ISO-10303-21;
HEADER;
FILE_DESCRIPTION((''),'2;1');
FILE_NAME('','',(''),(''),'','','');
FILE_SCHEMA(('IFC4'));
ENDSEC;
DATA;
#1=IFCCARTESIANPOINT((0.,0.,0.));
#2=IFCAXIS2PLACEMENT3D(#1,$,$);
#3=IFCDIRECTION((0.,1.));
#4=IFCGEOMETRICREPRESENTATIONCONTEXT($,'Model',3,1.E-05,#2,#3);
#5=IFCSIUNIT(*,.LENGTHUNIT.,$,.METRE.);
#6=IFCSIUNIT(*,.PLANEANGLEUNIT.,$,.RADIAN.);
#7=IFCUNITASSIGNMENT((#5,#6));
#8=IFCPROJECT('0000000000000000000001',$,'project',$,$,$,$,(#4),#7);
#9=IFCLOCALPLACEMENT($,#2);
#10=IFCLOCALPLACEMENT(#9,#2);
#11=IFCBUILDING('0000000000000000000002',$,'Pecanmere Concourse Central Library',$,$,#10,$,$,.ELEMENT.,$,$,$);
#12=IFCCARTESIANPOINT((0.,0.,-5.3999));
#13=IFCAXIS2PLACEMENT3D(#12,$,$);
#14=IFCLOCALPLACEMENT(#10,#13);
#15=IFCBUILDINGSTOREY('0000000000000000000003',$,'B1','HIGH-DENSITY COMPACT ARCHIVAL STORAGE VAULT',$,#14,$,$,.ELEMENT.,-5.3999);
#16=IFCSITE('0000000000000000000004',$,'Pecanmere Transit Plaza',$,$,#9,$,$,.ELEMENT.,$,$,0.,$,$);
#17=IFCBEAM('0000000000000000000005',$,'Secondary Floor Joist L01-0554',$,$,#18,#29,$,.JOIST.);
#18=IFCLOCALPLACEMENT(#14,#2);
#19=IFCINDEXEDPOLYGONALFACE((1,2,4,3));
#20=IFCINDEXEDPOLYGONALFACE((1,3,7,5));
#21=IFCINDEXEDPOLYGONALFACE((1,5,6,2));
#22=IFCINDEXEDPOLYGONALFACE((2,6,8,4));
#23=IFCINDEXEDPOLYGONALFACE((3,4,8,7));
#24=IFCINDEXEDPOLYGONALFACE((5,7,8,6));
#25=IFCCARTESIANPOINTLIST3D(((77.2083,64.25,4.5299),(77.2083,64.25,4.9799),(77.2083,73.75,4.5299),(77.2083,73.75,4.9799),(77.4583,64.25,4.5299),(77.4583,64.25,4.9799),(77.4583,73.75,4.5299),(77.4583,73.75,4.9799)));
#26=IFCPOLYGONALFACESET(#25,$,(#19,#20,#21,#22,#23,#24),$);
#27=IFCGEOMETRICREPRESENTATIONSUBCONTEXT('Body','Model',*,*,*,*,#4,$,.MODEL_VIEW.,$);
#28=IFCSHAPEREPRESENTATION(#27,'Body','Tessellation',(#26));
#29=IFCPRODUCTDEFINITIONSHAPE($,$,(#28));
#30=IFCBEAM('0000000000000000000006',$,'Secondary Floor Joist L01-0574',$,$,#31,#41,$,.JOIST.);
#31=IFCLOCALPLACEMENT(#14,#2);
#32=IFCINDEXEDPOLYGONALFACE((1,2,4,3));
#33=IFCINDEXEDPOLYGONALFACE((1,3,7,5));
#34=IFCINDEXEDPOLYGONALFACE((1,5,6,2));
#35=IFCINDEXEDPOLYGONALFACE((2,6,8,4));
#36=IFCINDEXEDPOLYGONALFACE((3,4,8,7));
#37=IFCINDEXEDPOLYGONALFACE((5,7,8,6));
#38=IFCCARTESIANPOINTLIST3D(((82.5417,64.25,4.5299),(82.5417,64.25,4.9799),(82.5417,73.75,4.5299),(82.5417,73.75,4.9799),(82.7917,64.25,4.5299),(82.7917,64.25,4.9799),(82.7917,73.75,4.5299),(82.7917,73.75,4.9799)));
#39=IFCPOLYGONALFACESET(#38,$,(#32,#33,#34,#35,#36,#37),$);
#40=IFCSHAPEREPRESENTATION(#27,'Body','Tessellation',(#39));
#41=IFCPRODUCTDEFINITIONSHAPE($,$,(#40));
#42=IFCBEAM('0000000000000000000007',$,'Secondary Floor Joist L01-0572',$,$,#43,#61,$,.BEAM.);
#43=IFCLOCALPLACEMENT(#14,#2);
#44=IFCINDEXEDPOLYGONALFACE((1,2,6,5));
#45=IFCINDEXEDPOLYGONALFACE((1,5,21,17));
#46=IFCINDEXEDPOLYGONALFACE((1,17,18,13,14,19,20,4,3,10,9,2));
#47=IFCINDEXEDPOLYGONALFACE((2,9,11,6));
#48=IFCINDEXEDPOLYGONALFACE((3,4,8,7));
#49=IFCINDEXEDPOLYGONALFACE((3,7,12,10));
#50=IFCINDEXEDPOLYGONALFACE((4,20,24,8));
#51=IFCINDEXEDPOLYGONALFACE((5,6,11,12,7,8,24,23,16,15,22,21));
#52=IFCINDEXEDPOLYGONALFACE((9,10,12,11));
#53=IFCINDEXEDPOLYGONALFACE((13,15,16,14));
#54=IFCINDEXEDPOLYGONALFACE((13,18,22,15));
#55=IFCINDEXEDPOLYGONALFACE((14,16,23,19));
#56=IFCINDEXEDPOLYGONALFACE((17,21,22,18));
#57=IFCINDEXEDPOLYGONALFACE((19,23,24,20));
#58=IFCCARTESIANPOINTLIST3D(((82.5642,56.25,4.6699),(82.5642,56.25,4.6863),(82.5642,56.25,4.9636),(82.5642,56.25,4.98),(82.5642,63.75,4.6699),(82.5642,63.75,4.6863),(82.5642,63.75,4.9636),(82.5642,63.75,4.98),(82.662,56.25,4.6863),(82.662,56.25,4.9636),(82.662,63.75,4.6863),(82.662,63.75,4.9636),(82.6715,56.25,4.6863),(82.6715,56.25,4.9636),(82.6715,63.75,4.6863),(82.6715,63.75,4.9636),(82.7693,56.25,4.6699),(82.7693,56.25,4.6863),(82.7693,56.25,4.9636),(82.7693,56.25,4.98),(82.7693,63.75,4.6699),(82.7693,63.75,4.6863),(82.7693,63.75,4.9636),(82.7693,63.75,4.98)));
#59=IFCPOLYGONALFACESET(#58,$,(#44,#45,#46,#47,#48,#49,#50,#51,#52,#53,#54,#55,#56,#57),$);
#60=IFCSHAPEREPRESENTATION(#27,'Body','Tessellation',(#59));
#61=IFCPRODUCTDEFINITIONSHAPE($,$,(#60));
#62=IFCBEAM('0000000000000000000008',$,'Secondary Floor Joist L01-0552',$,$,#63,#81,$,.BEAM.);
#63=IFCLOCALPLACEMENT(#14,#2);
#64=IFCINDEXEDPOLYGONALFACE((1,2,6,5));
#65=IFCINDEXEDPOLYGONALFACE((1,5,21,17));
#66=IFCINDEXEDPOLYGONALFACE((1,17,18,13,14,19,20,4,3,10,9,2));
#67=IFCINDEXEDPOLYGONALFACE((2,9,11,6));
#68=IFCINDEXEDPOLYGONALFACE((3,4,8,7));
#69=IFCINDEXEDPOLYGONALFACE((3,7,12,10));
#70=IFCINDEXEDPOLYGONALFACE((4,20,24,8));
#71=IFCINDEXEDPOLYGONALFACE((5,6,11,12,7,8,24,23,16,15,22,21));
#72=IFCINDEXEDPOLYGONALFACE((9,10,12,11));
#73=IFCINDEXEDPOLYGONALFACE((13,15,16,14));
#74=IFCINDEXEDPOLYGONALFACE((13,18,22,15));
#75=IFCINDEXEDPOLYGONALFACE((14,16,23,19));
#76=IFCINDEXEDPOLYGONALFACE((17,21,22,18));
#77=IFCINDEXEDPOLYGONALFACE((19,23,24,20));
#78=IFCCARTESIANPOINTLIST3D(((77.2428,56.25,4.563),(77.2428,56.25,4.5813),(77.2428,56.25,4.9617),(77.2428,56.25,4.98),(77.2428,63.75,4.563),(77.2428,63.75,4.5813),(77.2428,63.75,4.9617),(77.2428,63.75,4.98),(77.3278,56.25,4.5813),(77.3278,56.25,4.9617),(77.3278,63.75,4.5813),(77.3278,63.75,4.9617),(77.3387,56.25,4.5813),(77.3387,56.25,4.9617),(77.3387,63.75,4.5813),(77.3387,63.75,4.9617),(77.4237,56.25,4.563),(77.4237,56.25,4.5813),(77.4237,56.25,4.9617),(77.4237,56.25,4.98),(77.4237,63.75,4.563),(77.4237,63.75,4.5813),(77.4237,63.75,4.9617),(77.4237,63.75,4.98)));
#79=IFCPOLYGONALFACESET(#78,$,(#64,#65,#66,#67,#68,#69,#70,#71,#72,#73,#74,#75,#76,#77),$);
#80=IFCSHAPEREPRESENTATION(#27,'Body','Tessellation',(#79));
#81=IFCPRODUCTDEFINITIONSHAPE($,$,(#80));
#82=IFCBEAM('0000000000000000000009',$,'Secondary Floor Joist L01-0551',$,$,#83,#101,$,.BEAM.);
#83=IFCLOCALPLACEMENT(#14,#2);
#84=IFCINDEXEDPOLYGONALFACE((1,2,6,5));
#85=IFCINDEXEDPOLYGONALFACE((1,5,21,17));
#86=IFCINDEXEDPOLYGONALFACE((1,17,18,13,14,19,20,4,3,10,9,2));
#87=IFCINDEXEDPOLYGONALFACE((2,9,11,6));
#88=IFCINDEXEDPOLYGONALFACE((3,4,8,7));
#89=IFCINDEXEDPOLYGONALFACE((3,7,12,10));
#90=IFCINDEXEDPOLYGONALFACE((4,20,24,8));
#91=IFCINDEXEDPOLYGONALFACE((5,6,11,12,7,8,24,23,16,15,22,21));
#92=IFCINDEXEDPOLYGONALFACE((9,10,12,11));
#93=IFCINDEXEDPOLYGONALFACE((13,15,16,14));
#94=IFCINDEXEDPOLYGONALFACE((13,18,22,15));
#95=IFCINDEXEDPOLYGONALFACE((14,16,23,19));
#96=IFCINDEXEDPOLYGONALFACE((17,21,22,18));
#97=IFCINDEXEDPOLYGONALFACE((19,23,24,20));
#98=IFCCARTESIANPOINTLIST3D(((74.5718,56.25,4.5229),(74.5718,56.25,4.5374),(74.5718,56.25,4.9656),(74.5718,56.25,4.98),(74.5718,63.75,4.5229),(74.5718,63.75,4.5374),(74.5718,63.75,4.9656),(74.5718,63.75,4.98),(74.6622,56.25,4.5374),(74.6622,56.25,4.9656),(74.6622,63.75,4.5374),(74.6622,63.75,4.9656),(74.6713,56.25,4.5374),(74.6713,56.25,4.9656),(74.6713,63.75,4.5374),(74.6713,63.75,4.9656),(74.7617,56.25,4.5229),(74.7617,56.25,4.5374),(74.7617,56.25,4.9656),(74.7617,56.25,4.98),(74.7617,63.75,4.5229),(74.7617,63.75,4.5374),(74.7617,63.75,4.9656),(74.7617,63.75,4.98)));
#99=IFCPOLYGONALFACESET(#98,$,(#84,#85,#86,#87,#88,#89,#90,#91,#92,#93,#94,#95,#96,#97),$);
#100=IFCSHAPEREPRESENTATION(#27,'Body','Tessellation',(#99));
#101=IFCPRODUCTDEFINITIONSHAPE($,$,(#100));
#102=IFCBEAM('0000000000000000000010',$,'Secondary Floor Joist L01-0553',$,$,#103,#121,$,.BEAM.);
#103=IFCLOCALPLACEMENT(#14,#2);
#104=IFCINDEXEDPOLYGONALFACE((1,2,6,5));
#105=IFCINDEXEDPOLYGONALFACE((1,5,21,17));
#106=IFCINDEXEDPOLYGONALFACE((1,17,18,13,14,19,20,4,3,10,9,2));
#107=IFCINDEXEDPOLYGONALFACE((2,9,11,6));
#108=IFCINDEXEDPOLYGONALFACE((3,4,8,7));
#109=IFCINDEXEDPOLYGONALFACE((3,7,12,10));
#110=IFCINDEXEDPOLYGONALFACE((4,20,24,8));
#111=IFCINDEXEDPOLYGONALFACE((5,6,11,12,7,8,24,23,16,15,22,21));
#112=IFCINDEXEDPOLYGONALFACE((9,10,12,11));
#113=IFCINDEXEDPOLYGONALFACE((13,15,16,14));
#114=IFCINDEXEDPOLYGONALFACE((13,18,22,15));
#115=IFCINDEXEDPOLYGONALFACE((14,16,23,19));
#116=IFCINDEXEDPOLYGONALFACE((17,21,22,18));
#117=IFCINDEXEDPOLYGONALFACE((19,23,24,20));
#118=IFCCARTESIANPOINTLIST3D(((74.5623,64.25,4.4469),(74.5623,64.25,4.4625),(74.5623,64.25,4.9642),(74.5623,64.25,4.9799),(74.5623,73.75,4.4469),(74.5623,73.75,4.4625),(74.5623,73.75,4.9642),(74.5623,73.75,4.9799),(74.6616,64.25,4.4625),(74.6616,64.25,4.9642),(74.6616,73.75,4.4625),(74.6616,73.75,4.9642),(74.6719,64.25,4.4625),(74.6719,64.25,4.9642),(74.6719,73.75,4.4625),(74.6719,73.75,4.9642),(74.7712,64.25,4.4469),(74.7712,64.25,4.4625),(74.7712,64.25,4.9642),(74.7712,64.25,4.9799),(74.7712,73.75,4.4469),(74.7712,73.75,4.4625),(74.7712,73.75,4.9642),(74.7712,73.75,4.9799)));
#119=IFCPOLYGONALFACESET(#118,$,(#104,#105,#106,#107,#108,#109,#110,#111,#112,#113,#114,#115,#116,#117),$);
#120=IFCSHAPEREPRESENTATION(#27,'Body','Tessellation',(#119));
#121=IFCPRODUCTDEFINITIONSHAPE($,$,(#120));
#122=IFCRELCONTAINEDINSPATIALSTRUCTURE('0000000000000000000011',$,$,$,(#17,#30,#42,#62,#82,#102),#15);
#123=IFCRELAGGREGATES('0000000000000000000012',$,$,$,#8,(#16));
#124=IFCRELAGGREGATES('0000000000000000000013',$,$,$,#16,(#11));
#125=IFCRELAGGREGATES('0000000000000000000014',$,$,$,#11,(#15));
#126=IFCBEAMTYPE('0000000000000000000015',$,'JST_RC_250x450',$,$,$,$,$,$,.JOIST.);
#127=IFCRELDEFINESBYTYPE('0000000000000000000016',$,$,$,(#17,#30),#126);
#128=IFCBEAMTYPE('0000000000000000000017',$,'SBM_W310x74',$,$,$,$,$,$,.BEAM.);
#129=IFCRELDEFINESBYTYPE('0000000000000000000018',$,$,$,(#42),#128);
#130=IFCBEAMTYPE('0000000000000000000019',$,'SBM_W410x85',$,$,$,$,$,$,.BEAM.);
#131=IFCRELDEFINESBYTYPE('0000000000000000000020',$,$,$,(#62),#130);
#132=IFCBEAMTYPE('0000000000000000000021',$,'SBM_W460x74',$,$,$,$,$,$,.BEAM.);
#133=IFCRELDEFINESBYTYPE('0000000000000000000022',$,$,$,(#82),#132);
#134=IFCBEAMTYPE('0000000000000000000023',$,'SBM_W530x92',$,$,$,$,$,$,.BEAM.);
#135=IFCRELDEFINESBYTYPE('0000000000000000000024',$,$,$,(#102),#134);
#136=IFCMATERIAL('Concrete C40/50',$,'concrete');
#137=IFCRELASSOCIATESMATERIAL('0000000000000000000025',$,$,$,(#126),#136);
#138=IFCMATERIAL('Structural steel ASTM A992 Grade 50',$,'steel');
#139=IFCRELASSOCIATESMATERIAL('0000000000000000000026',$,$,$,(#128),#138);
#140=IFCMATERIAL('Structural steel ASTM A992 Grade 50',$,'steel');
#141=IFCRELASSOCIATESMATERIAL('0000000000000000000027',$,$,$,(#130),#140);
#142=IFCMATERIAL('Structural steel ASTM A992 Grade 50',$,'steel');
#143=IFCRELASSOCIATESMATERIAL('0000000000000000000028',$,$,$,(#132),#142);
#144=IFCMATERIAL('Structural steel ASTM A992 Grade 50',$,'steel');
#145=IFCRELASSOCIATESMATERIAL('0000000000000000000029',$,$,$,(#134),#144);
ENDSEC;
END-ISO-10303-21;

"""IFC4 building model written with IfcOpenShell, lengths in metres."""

from ifc_helpers import new_model, si_unit, direction, frame, origin, origin_2d, place, context, subcontext, project, spatial, rectangle, i_section, extrude, material, material_profile, profile_set, type_object, element, save


model = new_model("IFC4")

# Units and contexts
model_context = context("Model", 3, precision=1e-05, world=origin(), true_north=direction((0.0, 1.0)))
body_context = subcontext(model_context, "Body", "Model", "MODEL_VIEW")
ifc_project = project(units=[si_unit("LENGTHUNIT", "METRE"), si_unit("PLANEANGLEUNIT", "RADIAN")], contexts=[model_context])

# Site, building, storey
site_placement = place(None, origin())
site = spatial("IfcSite", under=ifc_project, at=site_placement, Name="Pecanmere Transit Plaza", CompositionType="ELEMENT", RefElevation=0.0)
building_placement = place(site_placement, origin())
building = spatial("IfcBuilding", under=site, at=building_placement, Name="Pecanmere Concourse Central Library", CompositionType="ELEMENT")
storey_placement = place(building_placement, frame((0.0, 0.0, -5.3999)))
storey = spatial("IfcBuildingStorey", under=building, at=storey_placement, Name="B1", Description="HIGH-DENSITY COMPACT ARCHIVAL STORAGE VAULT", CompositionType="ELEMENT", Elevation=-5.3999)

# Beams
ifc_material_1 = material(Name="Concrete C40/50", Category="concrete")
ifc_material_profile_1 = material_profile(ifc_material_1, rectangle(XDim=0.25, YDim=0.45, at=origin_2d()), Name="RC 250x450")
ifc_profile_set_1 = profile_set([ifc_material_profile_1], Name="Concrete C40/50")
beam_type_1 = type_object("IfcBeamType", Name="JST_RC_250x450", PredefinedType="JOIST", material=ifc_profile_set_1)
for number, where, z_axis, x_axis, name in (
    (1, (77.3333, 64.25, 4.7549), (0.0, 1.0, 0.0), (-1.0, 0.0, 0.0), "Secondary Floor Joist L01-0554"),
    (2, (82.6667, 64.25, 4.7549), (0.0, 1.0, 0.0), (-1.0, 0.0, 0.0), "Secondary Floor Joist L01-0574"),
):
    element("IfcBeam", number, at=place(storey_placement, frame(where, z_axis=z_axis, x_axis=x_axis)), inside=storey, type_object=beam_type_1, Name=name, PredefinedType="JOIST", context=body_context, shape_type="SweptSolid", body=[
        extrude(rectangle(XDim=0.25, YDim=0.45, at=origin_2d()), origin(), (0.0, 0.0, 1.0), 9.5),
    ])
ifc_material_2 = material(Name="Structural steel ASTM A992 Grade 50", Category="steel")
ifc_material_profile_2 = material_profile(ifc_material_2, i_section(OverallWidth=0.2051, OverallDepth=0.3101, WebThickness=0.0095, FlangeThickness=0.0164, at=origin_2d()), Name="W310x74")
ifc_profile_set_2 = profile_set([ifc_material_profile_2], Name="Structural steel ASTM A992 Grade 50")
beam_type_2 = type_object("IfcBeamType", Name="SBM_W310x74", PredefinedType="BEAM", material=ifc_profile_set_2)
beam_1_placement = place(storey_placement, frame((82.6667, 56.25, 4.825), z_axis=(0.0, 1.0, 0.0), x_axis=(-1.0, 0.0, 0.0)))
element("IfcBeam", 3, at=beam_1_placement, inside=storey, type_object=beam_type_2, Name="Secondary Floor Joist L01-0572", PredefinedType="BEAM", context=body_context, shape_type="SweptSolid", body=[
    extrude(i_section(OverallWidth=0.2051, OverallDepth=0.3101, WebThickness=0.0095, FlangeThickness=0.0164, at=origin_2d()), origin(), (0.0, 0.0, 1.0), 7.5),
])
ifc_material_3 = material(Name="Structural steel ASTM A992 Grade 50", Category="steel")
ifc_material_profile_3 = material_profile(ifc_material_3, i_section(OverallWidth=0.1809, OverallDepth=0.417, WebThickness=0.011, FlangeThickness=0.0183, at=origin_2d()), Name="W410x85")
ifc_profile_set_3 = profile_set([ifc_material_profile_3], Name="Structural steel ASTM A992 Grade 50")
beam_type_3 = type_object("IfcBeamType", Name="SBM_W410x85", PredefinedType="BEAM", material=ifc_profile_set_3)
beam_2_placement = place(storey_placement, frame((77.3333, 56.25, 4.7715), z_axis=(0.0, 1.0, 0.0), x_axis=(-1.0, 0.0, 0.0)))
element("IfcBeam", 4, at=beam_2_placement, inside=storey, type_object=beam_type_3, Name="Secondary Floor Joist L01-0552", PredefinedType="BEAM", context=body_context, shape_type="SweptSolid", body=[
    extrude(i_section(OverallWidth=0.1809, OverallDepth=0.417, WebThickness=0.011, FlangeThickness=0.0183, at=origin_2d()), origin(), (0.0, 0.0, 1.0), 7.5),
])
ifc_material_4 = material(Name="Structural steel ASTM A992 Grade 50", Category="steel")
ifc_material_profile_4 = material_profile(ifc_material_4, i_section(OverallWidth=0.1899, OverallDepth=0.457, WebThickness=0.009, FlangeThickness=0.0144, at=origin_2d()), Name="W460x74")
ifc_profile_set_4 = profile_set([ifc_material_profile_4], Name="Structural steel ASTM A992 Grade 50")
beam_type_4 = type_object("IfcBeamType", Name="SBM_W460x74", PredefinedType="BEAM", material=ifc_profile_set_4)
beam_3_placement = place(storey_placement, frame((74.6667, 56.25, 4.7515), z_axis=(0.0, 1.0, 0.0), x_axis=(-1.0, 0.0, 0.0)))
element("IfcBeam", 5, at=beam_3_placement, inside=storey, type_object=beam_type_4, Name="Secondary Floor Joist L01-0551", PredefinedType="BEAM", context=body_context, shape_type="SweptSolid", body=[
    extrude(i_section(OverallWidth=0.1899, OverallDepth=0.457, WebThickness=0.009, FlangeThickness=0.0144, at=origin_2d()), origin(), (0.0, 0.0, 1.0), 7.5),
])
ifc_material_5 = material(Name="Structural steel ASTM A992 Grade 50", Category="steel")
ifc_material_profile_5 = material_profile(ifc_material_5, i_section(OverallWidth=0.209, OverallDepth=0.533, WebThickness=0.0103, FlangeThickness=0.0156, at=origin_2d()), Name="W530x92")
ifc_profile_set_5 = profile_set([ifc_material_profile_5], Name="Structural steel ASTM A992 Grade 50")
beam_type_5 = type_object("IfcBeamType", Name="SBM_W530x92", PredefinedType="BEAM", material=ifc_profile_set_5)
beam_4_placement = place(storey_placement, frame((74.6667, 64.25, 4.7134), z_axis=(0.0, 1.0, 0.0), x_axis=(-1.0, 0.0, 0.0)))
element("IfcBeam", 6, at=beam_4_placement, inside=storey, type_object=beam_type_5, Name="Secondary Floor Joist L01-0553", PredefinedType="BEAM", context=body_context, shape_type="SweptSolid", body=[
    extrude(i_section(OverallWidth=0.209, OverallDepth=0.533, WebThickness=0.0103, FlangeThickness=0.0156, at=origin_2d()), origin(), (0.0, 0.0, 1.0), 9.5),
])

save(model, "model.ifc")
